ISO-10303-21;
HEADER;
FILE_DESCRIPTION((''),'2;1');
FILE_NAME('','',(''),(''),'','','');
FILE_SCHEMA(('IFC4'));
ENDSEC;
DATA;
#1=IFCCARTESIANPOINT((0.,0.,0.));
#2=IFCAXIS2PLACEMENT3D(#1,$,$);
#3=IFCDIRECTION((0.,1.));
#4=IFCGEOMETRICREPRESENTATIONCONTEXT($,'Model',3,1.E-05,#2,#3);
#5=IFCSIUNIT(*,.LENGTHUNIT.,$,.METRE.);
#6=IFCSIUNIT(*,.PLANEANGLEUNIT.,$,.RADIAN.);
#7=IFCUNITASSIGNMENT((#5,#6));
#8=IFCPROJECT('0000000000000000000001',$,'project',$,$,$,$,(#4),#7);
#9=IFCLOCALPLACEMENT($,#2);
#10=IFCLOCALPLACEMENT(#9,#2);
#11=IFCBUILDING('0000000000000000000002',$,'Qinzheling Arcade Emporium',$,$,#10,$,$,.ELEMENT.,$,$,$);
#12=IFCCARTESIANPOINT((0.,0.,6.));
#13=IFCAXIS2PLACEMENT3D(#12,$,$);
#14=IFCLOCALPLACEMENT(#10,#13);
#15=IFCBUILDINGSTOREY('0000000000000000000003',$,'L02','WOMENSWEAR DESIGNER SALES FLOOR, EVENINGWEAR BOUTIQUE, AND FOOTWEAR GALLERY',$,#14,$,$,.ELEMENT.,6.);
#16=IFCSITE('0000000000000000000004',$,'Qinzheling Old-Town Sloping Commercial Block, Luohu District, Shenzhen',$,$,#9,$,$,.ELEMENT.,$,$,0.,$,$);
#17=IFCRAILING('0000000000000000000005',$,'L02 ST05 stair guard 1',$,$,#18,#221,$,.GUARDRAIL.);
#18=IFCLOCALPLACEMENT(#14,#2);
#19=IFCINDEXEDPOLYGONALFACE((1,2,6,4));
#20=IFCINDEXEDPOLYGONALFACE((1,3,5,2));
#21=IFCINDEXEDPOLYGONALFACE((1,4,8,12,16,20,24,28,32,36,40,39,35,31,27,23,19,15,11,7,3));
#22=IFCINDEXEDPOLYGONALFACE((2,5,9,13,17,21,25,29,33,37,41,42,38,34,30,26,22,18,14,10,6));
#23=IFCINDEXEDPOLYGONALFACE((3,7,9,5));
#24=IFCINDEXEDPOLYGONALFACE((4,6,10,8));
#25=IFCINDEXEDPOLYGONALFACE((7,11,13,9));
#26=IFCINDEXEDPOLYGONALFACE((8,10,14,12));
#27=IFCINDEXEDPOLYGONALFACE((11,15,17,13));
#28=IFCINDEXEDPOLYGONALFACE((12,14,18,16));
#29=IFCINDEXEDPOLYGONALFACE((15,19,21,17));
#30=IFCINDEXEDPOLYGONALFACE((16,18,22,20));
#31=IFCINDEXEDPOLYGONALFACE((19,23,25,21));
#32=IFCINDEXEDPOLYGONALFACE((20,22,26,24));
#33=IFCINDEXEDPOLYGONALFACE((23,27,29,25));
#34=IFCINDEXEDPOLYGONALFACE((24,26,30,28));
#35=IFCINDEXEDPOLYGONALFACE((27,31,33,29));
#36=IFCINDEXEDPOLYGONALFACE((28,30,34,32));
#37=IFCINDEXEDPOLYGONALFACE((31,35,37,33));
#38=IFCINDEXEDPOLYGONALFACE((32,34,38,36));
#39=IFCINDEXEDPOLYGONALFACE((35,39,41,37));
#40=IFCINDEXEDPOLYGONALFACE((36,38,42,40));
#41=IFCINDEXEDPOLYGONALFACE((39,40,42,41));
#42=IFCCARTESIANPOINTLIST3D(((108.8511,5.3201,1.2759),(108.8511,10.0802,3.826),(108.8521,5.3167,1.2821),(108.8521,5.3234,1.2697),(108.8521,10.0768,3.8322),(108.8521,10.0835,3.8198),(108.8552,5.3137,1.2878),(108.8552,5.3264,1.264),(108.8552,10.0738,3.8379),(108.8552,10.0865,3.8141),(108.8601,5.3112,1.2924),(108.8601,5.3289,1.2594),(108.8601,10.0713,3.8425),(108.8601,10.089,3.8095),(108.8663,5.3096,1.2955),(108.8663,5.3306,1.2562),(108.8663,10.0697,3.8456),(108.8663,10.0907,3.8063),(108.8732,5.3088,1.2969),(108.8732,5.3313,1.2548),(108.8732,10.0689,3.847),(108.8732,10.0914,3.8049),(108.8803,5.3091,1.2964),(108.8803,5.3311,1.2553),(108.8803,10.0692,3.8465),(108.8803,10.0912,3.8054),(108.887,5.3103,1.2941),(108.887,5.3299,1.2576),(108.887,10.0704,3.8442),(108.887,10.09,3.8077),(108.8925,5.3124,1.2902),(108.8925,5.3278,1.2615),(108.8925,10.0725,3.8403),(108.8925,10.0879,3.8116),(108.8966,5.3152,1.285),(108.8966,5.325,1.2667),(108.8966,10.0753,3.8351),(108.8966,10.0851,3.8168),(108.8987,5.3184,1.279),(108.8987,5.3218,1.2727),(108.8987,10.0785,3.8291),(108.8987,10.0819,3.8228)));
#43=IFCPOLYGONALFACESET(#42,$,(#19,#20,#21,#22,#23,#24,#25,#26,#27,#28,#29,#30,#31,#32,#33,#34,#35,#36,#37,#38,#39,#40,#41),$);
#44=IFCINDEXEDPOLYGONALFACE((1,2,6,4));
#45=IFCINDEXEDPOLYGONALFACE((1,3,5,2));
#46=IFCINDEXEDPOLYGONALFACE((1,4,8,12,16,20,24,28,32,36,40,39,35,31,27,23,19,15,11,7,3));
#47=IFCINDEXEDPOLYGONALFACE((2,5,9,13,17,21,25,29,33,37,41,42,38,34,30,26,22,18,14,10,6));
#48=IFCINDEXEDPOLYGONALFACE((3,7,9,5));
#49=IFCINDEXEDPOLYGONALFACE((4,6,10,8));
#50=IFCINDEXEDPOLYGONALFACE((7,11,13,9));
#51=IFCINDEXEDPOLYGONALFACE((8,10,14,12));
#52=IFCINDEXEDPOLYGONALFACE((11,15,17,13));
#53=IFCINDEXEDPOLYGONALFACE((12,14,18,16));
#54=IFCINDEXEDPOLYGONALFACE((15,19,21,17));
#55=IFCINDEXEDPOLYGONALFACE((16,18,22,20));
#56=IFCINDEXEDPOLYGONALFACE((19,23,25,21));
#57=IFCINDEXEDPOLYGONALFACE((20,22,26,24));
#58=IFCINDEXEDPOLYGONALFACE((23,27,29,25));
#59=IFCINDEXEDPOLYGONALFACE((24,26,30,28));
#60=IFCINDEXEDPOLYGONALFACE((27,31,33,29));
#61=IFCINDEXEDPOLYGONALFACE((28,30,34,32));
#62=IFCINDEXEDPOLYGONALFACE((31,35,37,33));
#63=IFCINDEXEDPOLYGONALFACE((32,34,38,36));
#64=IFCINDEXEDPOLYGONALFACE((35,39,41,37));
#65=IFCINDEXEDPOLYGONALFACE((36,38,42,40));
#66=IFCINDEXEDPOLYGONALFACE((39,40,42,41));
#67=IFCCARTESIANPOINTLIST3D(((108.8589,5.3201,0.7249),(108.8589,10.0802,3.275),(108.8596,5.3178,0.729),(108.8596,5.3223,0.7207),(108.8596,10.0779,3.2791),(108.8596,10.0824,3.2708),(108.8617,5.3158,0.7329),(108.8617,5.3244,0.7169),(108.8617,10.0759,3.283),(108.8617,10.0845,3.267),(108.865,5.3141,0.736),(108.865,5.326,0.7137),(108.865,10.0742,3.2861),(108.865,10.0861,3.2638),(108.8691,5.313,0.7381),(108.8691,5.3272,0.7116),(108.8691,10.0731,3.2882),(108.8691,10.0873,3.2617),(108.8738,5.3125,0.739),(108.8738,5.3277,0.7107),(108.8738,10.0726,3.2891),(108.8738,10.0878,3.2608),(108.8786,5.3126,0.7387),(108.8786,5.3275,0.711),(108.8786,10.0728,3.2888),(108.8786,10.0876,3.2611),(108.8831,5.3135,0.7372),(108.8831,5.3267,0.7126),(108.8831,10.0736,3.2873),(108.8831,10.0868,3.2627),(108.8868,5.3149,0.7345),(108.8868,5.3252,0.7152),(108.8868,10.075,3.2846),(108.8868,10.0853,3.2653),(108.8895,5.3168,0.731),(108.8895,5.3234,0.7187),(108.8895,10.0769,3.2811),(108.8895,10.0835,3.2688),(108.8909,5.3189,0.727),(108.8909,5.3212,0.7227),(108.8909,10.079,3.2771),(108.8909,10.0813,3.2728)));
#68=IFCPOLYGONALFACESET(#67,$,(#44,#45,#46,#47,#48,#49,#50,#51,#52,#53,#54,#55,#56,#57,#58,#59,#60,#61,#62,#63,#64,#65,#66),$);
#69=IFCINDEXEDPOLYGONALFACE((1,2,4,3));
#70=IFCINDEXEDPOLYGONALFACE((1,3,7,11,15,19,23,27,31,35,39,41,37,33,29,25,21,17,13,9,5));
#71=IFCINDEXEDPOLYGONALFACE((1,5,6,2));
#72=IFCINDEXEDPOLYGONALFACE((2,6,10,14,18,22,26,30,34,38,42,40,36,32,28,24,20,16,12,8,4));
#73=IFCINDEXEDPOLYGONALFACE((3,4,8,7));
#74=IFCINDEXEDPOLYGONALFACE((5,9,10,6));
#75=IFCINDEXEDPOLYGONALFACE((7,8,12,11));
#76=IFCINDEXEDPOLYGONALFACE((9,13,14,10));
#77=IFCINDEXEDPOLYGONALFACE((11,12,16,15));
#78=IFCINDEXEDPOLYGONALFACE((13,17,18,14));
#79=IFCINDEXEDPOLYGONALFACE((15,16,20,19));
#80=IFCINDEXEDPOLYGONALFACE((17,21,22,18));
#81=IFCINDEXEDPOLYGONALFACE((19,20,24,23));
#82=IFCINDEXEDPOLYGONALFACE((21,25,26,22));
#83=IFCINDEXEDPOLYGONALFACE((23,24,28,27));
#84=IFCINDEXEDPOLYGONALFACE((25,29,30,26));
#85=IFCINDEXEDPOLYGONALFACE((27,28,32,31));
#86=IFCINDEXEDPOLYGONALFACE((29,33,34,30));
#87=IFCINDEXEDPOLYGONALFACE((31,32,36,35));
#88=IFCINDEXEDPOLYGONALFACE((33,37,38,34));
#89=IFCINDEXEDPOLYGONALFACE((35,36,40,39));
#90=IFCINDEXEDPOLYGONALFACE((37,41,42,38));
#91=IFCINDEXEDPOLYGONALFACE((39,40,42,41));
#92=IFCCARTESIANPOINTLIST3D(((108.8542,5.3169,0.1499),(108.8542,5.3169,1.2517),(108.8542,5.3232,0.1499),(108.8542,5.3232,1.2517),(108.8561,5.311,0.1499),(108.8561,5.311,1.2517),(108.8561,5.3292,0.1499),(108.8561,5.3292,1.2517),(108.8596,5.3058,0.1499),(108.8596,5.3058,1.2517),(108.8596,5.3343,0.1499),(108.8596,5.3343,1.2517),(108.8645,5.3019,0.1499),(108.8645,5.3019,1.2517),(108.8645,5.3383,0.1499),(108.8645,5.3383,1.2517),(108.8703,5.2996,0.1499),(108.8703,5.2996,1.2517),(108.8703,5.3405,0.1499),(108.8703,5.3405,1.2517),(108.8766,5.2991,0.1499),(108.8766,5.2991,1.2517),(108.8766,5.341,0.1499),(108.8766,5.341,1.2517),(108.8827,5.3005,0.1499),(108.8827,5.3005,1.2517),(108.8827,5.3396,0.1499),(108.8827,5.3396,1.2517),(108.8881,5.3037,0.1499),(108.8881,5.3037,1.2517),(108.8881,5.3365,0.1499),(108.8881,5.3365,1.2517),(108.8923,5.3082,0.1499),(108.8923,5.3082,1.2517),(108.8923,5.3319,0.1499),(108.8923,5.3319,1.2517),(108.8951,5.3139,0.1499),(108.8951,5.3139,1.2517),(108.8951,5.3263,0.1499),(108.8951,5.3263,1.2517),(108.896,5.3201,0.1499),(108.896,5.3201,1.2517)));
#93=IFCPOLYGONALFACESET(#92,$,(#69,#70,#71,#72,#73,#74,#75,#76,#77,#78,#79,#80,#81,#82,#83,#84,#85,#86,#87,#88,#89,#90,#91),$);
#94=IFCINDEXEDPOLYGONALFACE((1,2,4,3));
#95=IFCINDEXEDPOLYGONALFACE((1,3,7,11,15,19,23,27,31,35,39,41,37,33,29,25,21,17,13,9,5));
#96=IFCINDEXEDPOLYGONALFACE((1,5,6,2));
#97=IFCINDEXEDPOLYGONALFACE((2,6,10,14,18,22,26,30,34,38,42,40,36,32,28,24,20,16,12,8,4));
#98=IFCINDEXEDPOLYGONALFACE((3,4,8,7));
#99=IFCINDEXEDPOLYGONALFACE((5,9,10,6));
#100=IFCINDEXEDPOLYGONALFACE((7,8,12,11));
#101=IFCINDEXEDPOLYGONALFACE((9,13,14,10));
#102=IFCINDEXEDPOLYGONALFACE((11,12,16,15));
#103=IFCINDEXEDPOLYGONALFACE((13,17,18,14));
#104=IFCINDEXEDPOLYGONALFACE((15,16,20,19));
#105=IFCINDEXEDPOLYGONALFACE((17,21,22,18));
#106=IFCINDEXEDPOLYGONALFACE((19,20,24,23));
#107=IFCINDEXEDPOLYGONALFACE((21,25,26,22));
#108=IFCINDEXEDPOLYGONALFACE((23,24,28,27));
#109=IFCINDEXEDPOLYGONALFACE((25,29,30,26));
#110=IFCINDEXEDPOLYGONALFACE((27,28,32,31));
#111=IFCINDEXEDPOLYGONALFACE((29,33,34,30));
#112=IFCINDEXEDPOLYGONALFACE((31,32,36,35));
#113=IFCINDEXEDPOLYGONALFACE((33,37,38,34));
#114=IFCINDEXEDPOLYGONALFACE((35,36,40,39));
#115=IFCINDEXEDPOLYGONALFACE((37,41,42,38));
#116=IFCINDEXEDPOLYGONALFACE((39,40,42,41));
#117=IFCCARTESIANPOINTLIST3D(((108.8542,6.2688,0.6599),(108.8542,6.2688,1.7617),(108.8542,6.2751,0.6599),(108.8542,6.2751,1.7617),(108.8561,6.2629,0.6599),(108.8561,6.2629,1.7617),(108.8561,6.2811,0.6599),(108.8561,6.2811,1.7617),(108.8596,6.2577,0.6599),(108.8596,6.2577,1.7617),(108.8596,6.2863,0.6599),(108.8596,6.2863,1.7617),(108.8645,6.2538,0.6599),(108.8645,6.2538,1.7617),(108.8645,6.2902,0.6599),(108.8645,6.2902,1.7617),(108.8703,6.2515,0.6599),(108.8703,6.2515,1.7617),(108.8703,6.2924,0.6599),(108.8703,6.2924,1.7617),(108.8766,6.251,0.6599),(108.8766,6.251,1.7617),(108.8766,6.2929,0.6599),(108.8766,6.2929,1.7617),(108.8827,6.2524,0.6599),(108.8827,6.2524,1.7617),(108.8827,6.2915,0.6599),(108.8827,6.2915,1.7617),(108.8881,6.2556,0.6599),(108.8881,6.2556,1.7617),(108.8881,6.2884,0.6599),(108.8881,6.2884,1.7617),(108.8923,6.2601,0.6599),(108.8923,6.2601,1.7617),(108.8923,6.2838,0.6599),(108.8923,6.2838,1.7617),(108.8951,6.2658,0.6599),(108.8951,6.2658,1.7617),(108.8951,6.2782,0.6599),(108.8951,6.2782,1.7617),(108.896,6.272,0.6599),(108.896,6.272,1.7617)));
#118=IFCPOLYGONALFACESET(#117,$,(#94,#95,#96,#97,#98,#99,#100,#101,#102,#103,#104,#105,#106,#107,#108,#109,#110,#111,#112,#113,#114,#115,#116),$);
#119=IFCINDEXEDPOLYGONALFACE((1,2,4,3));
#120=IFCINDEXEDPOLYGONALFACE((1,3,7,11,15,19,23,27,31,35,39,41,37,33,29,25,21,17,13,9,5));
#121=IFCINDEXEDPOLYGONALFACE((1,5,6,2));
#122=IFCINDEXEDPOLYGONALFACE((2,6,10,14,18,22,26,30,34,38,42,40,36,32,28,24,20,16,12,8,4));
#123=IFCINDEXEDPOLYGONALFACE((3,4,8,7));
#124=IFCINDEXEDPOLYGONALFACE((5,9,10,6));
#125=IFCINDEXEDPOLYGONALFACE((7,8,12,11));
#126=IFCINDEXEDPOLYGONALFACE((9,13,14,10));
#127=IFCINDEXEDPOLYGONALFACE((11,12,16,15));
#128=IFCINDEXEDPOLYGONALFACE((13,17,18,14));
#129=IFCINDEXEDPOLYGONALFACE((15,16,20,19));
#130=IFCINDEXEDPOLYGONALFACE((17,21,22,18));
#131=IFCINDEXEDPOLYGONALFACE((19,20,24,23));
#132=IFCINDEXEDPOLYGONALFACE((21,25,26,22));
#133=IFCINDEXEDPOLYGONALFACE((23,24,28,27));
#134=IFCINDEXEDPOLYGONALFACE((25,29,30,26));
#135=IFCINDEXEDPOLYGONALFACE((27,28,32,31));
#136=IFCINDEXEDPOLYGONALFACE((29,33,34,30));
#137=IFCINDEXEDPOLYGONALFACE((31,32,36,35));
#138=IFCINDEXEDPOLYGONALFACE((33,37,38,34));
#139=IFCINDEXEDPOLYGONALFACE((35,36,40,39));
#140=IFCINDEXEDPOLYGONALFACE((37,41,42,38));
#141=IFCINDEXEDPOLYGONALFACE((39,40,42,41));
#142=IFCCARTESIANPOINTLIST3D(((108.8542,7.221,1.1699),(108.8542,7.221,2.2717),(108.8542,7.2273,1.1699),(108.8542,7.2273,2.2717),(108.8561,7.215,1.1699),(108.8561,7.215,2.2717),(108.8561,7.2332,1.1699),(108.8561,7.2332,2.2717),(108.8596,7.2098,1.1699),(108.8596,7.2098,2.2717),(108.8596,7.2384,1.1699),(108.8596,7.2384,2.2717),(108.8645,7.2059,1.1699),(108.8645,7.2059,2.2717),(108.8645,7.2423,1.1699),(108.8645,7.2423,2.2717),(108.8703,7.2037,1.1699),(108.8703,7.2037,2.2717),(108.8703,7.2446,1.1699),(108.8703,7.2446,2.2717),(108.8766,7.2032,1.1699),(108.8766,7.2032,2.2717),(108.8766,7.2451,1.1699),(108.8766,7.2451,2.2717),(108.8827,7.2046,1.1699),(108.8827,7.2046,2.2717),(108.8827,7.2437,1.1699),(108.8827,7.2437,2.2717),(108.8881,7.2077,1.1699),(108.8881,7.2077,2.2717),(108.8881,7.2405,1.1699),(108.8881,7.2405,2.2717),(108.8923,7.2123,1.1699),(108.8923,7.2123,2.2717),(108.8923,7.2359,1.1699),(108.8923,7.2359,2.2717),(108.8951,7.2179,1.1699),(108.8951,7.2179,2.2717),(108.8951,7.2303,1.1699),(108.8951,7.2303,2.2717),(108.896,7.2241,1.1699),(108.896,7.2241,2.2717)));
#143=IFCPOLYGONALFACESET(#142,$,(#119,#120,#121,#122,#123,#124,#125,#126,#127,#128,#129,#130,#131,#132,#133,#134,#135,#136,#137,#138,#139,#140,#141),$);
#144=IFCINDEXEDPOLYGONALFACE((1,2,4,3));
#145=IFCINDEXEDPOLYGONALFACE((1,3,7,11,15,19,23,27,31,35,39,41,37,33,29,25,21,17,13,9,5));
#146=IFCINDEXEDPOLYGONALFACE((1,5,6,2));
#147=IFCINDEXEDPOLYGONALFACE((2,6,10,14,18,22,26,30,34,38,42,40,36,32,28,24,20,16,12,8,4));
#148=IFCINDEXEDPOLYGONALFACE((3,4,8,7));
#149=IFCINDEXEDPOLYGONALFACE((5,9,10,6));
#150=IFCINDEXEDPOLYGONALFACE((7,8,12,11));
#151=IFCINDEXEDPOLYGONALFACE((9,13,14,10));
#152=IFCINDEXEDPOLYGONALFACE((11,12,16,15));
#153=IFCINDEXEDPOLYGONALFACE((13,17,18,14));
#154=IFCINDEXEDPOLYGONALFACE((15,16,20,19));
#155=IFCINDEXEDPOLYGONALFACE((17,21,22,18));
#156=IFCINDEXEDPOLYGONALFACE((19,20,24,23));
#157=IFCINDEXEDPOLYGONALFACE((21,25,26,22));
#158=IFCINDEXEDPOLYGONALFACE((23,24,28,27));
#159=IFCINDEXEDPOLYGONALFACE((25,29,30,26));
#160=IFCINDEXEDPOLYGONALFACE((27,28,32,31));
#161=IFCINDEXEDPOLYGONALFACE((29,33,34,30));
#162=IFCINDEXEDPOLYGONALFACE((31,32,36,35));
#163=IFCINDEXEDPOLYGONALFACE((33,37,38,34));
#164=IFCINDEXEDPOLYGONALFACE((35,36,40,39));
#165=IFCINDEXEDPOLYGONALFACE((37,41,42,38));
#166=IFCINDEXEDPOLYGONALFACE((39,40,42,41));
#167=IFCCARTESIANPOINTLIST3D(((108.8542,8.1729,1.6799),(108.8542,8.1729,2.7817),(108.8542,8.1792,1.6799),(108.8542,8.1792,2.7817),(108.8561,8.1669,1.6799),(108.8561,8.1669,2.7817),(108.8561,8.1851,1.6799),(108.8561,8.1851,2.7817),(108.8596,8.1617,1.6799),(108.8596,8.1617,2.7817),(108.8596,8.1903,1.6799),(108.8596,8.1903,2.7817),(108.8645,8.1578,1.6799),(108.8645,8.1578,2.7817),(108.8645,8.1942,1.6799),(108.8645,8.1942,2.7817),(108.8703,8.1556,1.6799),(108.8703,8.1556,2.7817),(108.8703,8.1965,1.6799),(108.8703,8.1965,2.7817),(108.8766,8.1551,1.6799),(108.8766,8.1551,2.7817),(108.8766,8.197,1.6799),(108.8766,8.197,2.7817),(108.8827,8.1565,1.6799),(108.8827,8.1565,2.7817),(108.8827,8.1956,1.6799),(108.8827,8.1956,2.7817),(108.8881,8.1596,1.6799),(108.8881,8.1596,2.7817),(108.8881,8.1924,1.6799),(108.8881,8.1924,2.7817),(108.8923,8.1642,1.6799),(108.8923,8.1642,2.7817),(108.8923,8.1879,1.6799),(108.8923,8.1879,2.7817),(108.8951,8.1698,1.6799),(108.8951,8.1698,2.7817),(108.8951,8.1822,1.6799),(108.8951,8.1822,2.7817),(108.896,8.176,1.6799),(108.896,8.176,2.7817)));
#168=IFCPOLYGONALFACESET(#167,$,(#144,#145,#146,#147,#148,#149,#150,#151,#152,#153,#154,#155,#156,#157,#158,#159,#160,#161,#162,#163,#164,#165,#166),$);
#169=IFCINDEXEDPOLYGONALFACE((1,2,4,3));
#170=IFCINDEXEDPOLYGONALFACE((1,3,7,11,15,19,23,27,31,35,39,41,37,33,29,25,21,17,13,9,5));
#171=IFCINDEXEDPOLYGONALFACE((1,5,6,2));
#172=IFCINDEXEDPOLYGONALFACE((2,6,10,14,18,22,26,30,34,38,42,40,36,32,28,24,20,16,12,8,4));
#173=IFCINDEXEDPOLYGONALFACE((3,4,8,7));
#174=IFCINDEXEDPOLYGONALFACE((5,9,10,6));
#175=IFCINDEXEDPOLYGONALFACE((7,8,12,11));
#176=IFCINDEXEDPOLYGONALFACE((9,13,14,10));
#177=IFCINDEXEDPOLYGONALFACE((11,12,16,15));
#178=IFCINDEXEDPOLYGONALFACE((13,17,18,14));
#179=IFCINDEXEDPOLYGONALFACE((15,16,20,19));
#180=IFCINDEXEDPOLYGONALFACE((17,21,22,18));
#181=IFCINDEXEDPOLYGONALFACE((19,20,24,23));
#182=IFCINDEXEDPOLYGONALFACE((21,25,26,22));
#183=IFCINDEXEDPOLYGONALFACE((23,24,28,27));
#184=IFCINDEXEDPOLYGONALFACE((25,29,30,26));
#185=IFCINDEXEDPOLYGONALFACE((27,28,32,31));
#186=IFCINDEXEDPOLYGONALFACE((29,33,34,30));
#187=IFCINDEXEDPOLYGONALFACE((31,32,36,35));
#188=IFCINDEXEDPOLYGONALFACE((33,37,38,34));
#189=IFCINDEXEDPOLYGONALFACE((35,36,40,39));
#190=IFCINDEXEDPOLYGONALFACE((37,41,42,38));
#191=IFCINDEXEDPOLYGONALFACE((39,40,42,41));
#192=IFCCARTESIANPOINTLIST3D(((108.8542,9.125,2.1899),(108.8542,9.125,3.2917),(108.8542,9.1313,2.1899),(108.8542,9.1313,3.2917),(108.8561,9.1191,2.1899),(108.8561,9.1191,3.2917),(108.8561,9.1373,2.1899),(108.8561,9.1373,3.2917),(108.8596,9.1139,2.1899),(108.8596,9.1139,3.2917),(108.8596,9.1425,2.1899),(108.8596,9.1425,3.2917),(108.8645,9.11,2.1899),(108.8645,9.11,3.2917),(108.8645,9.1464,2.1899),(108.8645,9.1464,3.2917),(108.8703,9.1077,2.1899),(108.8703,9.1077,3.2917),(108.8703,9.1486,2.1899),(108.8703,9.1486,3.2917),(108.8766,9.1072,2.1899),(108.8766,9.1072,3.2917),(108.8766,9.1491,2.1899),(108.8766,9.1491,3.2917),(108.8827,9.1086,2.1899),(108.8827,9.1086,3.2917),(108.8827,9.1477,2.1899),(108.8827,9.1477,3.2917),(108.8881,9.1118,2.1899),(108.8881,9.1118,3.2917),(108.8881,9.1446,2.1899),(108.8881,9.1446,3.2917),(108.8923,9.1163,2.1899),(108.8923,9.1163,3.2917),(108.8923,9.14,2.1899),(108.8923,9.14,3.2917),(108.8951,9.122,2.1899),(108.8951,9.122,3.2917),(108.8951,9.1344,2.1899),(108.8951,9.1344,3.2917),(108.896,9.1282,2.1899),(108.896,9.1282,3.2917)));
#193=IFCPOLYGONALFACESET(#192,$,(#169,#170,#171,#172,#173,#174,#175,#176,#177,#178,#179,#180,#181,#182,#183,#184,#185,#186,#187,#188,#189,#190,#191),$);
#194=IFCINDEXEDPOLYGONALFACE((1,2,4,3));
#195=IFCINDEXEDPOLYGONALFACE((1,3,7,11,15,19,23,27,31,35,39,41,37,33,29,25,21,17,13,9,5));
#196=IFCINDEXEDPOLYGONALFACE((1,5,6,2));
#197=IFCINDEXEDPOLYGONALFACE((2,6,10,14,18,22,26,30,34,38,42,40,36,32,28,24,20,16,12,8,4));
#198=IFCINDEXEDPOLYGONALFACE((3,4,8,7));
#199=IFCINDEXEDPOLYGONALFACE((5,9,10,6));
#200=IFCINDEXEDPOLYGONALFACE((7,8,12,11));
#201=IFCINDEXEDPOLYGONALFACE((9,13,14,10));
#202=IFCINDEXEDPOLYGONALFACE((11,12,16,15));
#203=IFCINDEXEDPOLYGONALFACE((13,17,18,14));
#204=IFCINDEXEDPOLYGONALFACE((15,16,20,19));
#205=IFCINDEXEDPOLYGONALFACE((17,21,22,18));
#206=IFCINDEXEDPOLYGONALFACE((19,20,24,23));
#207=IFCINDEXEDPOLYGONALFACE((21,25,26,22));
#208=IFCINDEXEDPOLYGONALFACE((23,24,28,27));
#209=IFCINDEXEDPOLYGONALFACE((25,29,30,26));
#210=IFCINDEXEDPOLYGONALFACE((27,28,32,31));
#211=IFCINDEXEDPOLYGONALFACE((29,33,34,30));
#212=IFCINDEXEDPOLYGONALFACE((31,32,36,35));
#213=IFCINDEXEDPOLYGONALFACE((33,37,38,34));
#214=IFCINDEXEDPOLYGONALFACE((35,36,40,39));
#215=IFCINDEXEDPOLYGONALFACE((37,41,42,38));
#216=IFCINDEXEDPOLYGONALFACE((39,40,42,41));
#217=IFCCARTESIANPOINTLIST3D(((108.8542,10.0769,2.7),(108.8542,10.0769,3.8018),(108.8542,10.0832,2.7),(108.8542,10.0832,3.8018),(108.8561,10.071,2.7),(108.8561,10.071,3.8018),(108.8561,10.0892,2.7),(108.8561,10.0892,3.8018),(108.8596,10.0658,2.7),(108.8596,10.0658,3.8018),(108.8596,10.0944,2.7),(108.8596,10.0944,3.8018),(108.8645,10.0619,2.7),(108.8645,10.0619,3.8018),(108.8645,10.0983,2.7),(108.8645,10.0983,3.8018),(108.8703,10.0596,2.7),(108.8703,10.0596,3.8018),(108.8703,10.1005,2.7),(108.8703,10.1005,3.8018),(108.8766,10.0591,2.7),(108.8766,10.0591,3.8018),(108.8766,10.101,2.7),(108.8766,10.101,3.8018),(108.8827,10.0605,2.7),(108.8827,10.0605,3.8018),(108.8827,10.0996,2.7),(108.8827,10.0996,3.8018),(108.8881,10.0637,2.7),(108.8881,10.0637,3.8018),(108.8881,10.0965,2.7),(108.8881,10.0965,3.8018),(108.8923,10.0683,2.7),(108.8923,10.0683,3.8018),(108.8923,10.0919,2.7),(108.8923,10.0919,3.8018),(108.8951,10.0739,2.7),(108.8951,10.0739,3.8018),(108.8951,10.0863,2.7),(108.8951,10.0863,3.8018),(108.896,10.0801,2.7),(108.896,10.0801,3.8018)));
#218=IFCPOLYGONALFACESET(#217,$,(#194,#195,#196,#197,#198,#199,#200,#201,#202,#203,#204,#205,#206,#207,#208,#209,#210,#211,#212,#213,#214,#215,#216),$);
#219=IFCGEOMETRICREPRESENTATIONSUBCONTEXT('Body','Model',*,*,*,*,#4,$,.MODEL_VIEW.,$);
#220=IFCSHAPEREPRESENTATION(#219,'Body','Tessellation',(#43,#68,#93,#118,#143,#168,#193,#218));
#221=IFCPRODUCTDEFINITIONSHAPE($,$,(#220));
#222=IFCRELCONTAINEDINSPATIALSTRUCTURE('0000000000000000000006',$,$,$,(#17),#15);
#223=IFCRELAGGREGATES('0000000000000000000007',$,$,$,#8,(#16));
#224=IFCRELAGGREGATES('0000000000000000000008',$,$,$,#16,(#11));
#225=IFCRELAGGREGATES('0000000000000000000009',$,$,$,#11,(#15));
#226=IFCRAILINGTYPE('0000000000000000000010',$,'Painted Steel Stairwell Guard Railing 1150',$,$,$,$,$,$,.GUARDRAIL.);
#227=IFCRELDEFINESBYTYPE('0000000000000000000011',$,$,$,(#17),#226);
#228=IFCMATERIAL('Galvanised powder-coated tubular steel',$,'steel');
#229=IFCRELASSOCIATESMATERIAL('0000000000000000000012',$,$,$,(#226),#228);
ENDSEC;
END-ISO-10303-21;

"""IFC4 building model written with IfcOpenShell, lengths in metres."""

from ifc_helpers import new_model, si_unit, direction, frame, origin, origin_2d, place, context, subcontext, project, spatial, circle, extrude, material, type_object, element, save


model = new_model("IFC4")

# Units and contexts
model_context = context("Model", 3, precision=1e-05, world=origin(), true_north=direction((0.0, 1.0)))
body_context = subcontext(model_context, "Body", "Model", "MODEL_VIEW")
ifc_project = project(units=[si_unit("LENGTHUNIT", "METRE"), si_unit("PLANEANGLEUNIT", "RADIAN")], contexts=[model_context])

# Site, building, storey
site_placement = place(None, origin())
site = spatial("IfcSite", under=ifc_project, at=site_placement, Name="Qinzheling Old-Town Sloping Commercial Block, Luohu District, Shenzhen", CompositionType="ELEMENT", RefElevation=0.0)
building_placement = place(site_placement, origin())
building = spatial("IfcBuilding", under=site, at=building_placement, Name="Qinzheling Arcade Emporium", CompositionType="ELEMENT")
storey_placement = place(building_placement, frame((0.0, 0.0, 6.0)))
storey = spatial("IfcBuildingStorey", under=building, at=storey_placement, Name="L02", Description="WOMENSWEAR DESIGNER SALES FLOOR, EVENINGWEAR BOUTIQUE, AND FOOTWEAR GALLERY", CompositionType="ELEMENT", Elevation=6.0)

# Railing
ifc_material_1 = material(Name="Galvanised powder-coated tubular steel", Category="steel")
railing_type_1 = type_object("IfcRailingType", Name="Painted Steel Stairwell Guard Railing 1150", PredefinedType="GUARDRAIL", material=ifc_material_1)
railing_1_placement = place(storey_placement, frame((108.875, 5.3201, 0.1499)))
element("IfcRailing", 1, at=railing_1_placement, inside=storey, type_object=railing_type_1, Name="L02 ST05 stair guard 1", PredefinedType="GUARDRAIL", context=body_context, shape_type="SweptSolid", body=[
    extrude(circle(Radius=0.0239, at=origin_2d()), frame((0.0, 0.0, 1.126), z_axis=(0.0, 0.881477, 0.472228), x_axis=(-1.0, 0.0, 0.0)), (0.0, 0.0, 1.0), 5.4001),
    extrude(circle(Radius=0.0161, at=origin_2d()), frame((0.0, 0.0, 0.575), z_axis=(0.0, 0.881477, 0.472228), x_axis=(-1.0, 0.0, 0.0)), (0.0, 0.0, 1.0), 5.4001),
    extrude(circle(Radius=0.021, at=origin_2d()), origin(), (0.0, 0.0, 1.0), 1.1018),
    extrude(circle(Radius=0.021, at=origin_2d()), frame((0.0, 0.9519, 0.51)), (0.0, 0.0, 1.0), 1.1018),
    extrude(circle(Radius=0.021, at=origin_2d()), frame((0.0, 1.9041, 1.02)), (0.0, 0.0, 1.0), 1.1018),
    extrude(circle(Radius=0.021, at=origin_2d()), frame((0.0, 2.856, 1.53)), (0.0, 0.0, 1.0), 1.1018),
    extrude(circle(Radius=0.021, at=origin_2d()), frame((0.0, 3.8081, 2.04)), (0.0, 0.0, 1.0), 1.1018),
    extrude(circle(Radius=0.021, at=origin_2d()), frame((0.0, 4.76, 2.55)), (0.0, 0.0, 1.0), 1.1018),
])

save(model, "model.ifc")
